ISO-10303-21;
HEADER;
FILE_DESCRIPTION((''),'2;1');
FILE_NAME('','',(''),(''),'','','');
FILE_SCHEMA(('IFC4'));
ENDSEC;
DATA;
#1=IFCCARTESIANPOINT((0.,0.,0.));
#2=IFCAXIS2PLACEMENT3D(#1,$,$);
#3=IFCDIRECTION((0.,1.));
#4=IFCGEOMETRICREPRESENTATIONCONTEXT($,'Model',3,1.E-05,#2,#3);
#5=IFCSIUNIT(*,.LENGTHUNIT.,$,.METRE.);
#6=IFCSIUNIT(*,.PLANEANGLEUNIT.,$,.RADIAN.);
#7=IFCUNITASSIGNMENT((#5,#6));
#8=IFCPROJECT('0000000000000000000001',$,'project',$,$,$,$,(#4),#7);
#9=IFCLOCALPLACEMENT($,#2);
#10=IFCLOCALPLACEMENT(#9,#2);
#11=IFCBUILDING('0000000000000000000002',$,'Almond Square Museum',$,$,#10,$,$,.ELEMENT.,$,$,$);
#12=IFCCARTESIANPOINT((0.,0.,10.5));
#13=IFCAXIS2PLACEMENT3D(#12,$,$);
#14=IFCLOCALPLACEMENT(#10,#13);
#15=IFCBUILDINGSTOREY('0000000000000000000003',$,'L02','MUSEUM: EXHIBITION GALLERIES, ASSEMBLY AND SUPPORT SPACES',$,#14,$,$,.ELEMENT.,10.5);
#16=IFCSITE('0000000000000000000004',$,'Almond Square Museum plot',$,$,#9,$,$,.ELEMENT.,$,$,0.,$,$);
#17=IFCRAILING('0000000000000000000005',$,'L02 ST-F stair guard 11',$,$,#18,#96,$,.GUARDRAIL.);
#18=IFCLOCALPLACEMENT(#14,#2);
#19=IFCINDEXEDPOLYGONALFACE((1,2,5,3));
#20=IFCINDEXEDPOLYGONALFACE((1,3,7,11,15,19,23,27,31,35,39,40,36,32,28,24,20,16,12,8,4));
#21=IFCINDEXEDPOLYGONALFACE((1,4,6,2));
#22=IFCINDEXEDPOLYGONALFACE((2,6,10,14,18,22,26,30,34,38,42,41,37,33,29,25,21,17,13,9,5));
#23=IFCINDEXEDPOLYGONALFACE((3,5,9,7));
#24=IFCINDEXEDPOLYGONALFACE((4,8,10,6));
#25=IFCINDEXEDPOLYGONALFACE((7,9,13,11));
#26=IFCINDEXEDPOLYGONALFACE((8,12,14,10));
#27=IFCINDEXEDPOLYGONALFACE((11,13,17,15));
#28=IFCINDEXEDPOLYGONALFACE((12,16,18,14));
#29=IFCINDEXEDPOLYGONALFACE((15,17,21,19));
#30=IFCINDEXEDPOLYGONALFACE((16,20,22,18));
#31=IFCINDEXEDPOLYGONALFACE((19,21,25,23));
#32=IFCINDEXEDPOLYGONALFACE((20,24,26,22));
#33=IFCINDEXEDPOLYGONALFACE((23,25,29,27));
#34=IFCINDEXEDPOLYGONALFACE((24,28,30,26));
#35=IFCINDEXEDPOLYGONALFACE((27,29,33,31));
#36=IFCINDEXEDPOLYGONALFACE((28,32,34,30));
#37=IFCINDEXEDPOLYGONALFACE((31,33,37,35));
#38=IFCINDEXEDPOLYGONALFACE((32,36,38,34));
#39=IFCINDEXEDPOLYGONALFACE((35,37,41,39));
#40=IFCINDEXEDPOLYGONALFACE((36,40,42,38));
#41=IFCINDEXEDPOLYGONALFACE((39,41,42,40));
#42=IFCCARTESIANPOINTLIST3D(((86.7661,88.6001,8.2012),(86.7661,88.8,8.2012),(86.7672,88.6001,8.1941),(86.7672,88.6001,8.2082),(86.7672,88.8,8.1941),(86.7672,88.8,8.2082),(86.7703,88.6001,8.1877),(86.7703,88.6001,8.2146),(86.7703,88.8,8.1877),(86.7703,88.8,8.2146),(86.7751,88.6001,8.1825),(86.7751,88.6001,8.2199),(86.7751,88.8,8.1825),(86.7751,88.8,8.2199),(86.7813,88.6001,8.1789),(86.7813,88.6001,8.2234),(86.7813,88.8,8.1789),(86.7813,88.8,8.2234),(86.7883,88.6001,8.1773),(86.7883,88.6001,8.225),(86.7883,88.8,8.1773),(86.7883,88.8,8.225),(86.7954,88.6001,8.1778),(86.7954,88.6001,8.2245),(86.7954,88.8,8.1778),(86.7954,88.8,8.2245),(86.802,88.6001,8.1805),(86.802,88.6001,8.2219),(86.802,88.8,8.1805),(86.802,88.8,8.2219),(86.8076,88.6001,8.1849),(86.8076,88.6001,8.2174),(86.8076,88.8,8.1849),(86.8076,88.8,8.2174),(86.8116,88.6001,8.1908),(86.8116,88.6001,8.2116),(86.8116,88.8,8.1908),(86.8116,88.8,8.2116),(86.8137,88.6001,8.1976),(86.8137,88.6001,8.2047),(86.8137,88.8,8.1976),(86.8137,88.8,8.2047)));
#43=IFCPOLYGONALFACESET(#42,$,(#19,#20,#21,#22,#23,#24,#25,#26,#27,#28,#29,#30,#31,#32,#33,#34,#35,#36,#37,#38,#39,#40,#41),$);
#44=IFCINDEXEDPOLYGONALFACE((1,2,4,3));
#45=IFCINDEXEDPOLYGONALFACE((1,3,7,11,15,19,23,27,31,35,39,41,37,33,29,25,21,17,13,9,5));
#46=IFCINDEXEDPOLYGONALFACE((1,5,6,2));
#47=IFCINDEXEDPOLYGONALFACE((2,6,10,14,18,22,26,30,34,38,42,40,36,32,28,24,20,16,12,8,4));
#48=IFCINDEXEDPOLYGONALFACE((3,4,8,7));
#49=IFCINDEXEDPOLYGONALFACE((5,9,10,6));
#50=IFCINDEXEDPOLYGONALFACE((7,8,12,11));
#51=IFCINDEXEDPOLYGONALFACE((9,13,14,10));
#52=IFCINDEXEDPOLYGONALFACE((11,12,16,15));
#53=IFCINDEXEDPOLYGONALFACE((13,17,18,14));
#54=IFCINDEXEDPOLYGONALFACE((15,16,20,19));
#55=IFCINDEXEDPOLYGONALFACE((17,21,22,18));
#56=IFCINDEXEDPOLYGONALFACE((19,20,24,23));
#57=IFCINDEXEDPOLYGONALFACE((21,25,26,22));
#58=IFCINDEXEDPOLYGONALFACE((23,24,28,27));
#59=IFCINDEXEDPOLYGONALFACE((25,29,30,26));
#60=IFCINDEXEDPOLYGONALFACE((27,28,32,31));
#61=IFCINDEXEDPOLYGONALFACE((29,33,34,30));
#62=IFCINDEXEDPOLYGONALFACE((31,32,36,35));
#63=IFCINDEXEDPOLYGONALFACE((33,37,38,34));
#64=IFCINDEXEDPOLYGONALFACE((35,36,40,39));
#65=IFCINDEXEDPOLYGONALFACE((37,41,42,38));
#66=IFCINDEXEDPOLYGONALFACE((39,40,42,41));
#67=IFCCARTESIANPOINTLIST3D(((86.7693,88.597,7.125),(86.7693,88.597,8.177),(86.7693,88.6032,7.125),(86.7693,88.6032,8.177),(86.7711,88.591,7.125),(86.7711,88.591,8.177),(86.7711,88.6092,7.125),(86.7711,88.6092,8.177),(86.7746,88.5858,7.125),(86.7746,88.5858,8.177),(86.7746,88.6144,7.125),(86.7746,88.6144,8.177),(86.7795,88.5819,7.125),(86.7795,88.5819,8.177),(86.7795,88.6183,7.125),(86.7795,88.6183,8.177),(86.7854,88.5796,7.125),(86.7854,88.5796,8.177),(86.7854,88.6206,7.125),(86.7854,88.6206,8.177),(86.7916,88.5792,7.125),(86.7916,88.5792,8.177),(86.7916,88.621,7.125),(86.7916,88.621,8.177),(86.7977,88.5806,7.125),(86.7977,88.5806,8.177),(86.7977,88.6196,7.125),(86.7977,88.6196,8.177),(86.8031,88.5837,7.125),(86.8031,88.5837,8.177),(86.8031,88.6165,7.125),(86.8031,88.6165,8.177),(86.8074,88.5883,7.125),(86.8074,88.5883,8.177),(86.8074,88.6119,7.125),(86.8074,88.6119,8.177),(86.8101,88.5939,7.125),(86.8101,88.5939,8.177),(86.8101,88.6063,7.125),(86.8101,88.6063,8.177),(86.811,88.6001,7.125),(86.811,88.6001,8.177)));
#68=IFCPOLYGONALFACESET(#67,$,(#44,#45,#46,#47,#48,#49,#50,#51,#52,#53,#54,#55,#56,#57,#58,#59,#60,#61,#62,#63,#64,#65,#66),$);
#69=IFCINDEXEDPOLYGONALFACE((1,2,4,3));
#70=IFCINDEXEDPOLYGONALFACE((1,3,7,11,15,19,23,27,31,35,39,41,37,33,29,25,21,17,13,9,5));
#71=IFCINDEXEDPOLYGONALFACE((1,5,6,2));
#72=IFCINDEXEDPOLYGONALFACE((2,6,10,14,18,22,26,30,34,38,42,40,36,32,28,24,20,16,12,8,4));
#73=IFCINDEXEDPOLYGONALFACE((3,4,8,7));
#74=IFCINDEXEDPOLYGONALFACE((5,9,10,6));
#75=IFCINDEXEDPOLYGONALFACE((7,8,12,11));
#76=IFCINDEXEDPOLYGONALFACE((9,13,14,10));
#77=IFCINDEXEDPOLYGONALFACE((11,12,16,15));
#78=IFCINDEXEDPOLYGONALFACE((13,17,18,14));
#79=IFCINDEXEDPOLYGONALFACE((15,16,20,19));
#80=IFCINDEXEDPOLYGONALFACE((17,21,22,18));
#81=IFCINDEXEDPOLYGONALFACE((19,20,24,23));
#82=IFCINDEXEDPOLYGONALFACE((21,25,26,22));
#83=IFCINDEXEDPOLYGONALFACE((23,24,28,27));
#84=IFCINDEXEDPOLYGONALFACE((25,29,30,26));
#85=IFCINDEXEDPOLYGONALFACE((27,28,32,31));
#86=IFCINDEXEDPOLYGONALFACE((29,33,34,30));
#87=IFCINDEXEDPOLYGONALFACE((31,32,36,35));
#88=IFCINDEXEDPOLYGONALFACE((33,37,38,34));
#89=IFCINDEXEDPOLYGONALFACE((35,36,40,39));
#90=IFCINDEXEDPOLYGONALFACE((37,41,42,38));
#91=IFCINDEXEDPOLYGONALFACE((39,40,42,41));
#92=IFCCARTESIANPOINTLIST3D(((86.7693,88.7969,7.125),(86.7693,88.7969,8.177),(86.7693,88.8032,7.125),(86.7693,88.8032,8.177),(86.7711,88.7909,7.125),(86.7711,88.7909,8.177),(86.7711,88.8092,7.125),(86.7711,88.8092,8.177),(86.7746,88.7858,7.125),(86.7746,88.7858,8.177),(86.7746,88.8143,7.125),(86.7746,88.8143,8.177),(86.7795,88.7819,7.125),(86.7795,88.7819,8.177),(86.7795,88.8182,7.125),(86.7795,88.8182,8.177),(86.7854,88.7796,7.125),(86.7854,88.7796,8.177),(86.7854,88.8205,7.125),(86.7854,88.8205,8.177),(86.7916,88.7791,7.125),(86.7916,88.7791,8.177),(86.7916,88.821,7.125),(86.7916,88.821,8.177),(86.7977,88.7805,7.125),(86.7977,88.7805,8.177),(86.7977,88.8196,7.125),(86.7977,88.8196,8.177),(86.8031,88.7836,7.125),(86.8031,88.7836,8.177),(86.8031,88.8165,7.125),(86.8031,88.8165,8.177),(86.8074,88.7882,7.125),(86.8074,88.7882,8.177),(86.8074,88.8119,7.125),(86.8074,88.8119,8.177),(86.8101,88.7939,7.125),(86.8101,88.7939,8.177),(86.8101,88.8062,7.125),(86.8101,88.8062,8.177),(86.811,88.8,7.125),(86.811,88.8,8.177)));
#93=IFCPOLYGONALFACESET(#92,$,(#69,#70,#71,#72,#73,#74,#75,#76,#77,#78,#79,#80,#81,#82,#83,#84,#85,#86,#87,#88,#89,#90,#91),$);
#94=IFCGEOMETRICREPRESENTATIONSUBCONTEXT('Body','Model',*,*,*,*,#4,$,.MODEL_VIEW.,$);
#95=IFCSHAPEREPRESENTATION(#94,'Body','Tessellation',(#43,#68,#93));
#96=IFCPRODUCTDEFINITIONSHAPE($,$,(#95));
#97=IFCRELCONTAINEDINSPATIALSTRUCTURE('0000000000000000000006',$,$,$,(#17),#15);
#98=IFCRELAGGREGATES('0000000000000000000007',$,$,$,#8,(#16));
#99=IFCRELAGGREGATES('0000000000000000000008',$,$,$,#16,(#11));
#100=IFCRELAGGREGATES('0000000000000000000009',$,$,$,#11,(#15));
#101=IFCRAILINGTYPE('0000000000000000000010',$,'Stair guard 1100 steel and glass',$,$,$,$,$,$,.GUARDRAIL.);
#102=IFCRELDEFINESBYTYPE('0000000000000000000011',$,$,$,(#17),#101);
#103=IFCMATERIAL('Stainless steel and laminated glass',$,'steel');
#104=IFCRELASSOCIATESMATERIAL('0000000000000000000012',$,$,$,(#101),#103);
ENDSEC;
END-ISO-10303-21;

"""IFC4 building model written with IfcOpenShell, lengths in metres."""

from ifc_helpers import new_model, si_unit, direction, frame, origin, origin_2d, place, context, subcontext, project, spatial, circle, extrude, material, type_object, element, save


model = new_model("IFC4")

# Units and contexts
model_context = context("Model", 3, precision=1e-05, world=origin(), true_north=direction((0.0, 1.0)))
body_context = subcontext(model_context, "Body", "Model", "MODEL_VIEW")
ifc_project = project(units=[si_unit("LENGTHUNIT", "METRE"), si_unit("PLANEANGLEUNIT", "RADIAN")], contexts=[model_context])

# Site, building, storey
site_placement = place(None, origin())
site = spatial("IfcSite", under=ifc_project, at=site_placement, Name="Almond Square Museum plot", CompositionType="ELEMENT", RefElevation=0.0)
building_placement = place(site_placement, origin())
building = spatial("IfcBuilding", under=site, at=building_placement, Name="Almond Square Museum", CompositionType="ELEMENT")
storey_placement = place(building_placement, frame((0.0, 0.0, 10.5)))
storey = spatial("IfcBuildingStorey", under=building, at=storey_placement, Name="L02", Description="MUSEUM: EXHIBITION GALLERIES, ASSEMBLY AND SUPPORT SPACES", CompositionType="ELEMENT", Elevation=10.5)

# Railing
ifc_material_1 = material(Name="Stainless steel and laminated glass", Category="steel")
railing_type_1 = type_object("IfcRailingType", Name="Stair guard 1100 steel and glass", PredefinedType="GUARDRAIL", material=ifc_material_1)
railing_1_placement = place(storey_placement, frame((86.79, 88.6001, 7.125)))
element("IfcRailing", 1, at=railing_1_placement, inside=storey, type_object=railing_type_1, Name="L02 ST-F stair guard 11", PredefinedType="GUARDRAIL", context=body_context, shape_type="SweptSolid", body=[
    extrude(circle(Radius=0.0239, at=origin_2d()), frame((0.0, 0.0, 1.0762), z_axis=(0.0, 1.0, 0.0), x_axis=(-1.0, 0.0, 0.0)), (0.0, 0.0, 1.0), 0.2),
    extrude(circle(Radius=0.021, at=origin_2d()), origin(), (0.0, 0.0, 1.0), 1.052),
    extrude(circle(Radius=0.021, at=origin_2d()), frame((0.0, 0.2, 0.0)), (0.0, 0.0, 1.0), 1.052),
])

save(model, "model.ifc")
